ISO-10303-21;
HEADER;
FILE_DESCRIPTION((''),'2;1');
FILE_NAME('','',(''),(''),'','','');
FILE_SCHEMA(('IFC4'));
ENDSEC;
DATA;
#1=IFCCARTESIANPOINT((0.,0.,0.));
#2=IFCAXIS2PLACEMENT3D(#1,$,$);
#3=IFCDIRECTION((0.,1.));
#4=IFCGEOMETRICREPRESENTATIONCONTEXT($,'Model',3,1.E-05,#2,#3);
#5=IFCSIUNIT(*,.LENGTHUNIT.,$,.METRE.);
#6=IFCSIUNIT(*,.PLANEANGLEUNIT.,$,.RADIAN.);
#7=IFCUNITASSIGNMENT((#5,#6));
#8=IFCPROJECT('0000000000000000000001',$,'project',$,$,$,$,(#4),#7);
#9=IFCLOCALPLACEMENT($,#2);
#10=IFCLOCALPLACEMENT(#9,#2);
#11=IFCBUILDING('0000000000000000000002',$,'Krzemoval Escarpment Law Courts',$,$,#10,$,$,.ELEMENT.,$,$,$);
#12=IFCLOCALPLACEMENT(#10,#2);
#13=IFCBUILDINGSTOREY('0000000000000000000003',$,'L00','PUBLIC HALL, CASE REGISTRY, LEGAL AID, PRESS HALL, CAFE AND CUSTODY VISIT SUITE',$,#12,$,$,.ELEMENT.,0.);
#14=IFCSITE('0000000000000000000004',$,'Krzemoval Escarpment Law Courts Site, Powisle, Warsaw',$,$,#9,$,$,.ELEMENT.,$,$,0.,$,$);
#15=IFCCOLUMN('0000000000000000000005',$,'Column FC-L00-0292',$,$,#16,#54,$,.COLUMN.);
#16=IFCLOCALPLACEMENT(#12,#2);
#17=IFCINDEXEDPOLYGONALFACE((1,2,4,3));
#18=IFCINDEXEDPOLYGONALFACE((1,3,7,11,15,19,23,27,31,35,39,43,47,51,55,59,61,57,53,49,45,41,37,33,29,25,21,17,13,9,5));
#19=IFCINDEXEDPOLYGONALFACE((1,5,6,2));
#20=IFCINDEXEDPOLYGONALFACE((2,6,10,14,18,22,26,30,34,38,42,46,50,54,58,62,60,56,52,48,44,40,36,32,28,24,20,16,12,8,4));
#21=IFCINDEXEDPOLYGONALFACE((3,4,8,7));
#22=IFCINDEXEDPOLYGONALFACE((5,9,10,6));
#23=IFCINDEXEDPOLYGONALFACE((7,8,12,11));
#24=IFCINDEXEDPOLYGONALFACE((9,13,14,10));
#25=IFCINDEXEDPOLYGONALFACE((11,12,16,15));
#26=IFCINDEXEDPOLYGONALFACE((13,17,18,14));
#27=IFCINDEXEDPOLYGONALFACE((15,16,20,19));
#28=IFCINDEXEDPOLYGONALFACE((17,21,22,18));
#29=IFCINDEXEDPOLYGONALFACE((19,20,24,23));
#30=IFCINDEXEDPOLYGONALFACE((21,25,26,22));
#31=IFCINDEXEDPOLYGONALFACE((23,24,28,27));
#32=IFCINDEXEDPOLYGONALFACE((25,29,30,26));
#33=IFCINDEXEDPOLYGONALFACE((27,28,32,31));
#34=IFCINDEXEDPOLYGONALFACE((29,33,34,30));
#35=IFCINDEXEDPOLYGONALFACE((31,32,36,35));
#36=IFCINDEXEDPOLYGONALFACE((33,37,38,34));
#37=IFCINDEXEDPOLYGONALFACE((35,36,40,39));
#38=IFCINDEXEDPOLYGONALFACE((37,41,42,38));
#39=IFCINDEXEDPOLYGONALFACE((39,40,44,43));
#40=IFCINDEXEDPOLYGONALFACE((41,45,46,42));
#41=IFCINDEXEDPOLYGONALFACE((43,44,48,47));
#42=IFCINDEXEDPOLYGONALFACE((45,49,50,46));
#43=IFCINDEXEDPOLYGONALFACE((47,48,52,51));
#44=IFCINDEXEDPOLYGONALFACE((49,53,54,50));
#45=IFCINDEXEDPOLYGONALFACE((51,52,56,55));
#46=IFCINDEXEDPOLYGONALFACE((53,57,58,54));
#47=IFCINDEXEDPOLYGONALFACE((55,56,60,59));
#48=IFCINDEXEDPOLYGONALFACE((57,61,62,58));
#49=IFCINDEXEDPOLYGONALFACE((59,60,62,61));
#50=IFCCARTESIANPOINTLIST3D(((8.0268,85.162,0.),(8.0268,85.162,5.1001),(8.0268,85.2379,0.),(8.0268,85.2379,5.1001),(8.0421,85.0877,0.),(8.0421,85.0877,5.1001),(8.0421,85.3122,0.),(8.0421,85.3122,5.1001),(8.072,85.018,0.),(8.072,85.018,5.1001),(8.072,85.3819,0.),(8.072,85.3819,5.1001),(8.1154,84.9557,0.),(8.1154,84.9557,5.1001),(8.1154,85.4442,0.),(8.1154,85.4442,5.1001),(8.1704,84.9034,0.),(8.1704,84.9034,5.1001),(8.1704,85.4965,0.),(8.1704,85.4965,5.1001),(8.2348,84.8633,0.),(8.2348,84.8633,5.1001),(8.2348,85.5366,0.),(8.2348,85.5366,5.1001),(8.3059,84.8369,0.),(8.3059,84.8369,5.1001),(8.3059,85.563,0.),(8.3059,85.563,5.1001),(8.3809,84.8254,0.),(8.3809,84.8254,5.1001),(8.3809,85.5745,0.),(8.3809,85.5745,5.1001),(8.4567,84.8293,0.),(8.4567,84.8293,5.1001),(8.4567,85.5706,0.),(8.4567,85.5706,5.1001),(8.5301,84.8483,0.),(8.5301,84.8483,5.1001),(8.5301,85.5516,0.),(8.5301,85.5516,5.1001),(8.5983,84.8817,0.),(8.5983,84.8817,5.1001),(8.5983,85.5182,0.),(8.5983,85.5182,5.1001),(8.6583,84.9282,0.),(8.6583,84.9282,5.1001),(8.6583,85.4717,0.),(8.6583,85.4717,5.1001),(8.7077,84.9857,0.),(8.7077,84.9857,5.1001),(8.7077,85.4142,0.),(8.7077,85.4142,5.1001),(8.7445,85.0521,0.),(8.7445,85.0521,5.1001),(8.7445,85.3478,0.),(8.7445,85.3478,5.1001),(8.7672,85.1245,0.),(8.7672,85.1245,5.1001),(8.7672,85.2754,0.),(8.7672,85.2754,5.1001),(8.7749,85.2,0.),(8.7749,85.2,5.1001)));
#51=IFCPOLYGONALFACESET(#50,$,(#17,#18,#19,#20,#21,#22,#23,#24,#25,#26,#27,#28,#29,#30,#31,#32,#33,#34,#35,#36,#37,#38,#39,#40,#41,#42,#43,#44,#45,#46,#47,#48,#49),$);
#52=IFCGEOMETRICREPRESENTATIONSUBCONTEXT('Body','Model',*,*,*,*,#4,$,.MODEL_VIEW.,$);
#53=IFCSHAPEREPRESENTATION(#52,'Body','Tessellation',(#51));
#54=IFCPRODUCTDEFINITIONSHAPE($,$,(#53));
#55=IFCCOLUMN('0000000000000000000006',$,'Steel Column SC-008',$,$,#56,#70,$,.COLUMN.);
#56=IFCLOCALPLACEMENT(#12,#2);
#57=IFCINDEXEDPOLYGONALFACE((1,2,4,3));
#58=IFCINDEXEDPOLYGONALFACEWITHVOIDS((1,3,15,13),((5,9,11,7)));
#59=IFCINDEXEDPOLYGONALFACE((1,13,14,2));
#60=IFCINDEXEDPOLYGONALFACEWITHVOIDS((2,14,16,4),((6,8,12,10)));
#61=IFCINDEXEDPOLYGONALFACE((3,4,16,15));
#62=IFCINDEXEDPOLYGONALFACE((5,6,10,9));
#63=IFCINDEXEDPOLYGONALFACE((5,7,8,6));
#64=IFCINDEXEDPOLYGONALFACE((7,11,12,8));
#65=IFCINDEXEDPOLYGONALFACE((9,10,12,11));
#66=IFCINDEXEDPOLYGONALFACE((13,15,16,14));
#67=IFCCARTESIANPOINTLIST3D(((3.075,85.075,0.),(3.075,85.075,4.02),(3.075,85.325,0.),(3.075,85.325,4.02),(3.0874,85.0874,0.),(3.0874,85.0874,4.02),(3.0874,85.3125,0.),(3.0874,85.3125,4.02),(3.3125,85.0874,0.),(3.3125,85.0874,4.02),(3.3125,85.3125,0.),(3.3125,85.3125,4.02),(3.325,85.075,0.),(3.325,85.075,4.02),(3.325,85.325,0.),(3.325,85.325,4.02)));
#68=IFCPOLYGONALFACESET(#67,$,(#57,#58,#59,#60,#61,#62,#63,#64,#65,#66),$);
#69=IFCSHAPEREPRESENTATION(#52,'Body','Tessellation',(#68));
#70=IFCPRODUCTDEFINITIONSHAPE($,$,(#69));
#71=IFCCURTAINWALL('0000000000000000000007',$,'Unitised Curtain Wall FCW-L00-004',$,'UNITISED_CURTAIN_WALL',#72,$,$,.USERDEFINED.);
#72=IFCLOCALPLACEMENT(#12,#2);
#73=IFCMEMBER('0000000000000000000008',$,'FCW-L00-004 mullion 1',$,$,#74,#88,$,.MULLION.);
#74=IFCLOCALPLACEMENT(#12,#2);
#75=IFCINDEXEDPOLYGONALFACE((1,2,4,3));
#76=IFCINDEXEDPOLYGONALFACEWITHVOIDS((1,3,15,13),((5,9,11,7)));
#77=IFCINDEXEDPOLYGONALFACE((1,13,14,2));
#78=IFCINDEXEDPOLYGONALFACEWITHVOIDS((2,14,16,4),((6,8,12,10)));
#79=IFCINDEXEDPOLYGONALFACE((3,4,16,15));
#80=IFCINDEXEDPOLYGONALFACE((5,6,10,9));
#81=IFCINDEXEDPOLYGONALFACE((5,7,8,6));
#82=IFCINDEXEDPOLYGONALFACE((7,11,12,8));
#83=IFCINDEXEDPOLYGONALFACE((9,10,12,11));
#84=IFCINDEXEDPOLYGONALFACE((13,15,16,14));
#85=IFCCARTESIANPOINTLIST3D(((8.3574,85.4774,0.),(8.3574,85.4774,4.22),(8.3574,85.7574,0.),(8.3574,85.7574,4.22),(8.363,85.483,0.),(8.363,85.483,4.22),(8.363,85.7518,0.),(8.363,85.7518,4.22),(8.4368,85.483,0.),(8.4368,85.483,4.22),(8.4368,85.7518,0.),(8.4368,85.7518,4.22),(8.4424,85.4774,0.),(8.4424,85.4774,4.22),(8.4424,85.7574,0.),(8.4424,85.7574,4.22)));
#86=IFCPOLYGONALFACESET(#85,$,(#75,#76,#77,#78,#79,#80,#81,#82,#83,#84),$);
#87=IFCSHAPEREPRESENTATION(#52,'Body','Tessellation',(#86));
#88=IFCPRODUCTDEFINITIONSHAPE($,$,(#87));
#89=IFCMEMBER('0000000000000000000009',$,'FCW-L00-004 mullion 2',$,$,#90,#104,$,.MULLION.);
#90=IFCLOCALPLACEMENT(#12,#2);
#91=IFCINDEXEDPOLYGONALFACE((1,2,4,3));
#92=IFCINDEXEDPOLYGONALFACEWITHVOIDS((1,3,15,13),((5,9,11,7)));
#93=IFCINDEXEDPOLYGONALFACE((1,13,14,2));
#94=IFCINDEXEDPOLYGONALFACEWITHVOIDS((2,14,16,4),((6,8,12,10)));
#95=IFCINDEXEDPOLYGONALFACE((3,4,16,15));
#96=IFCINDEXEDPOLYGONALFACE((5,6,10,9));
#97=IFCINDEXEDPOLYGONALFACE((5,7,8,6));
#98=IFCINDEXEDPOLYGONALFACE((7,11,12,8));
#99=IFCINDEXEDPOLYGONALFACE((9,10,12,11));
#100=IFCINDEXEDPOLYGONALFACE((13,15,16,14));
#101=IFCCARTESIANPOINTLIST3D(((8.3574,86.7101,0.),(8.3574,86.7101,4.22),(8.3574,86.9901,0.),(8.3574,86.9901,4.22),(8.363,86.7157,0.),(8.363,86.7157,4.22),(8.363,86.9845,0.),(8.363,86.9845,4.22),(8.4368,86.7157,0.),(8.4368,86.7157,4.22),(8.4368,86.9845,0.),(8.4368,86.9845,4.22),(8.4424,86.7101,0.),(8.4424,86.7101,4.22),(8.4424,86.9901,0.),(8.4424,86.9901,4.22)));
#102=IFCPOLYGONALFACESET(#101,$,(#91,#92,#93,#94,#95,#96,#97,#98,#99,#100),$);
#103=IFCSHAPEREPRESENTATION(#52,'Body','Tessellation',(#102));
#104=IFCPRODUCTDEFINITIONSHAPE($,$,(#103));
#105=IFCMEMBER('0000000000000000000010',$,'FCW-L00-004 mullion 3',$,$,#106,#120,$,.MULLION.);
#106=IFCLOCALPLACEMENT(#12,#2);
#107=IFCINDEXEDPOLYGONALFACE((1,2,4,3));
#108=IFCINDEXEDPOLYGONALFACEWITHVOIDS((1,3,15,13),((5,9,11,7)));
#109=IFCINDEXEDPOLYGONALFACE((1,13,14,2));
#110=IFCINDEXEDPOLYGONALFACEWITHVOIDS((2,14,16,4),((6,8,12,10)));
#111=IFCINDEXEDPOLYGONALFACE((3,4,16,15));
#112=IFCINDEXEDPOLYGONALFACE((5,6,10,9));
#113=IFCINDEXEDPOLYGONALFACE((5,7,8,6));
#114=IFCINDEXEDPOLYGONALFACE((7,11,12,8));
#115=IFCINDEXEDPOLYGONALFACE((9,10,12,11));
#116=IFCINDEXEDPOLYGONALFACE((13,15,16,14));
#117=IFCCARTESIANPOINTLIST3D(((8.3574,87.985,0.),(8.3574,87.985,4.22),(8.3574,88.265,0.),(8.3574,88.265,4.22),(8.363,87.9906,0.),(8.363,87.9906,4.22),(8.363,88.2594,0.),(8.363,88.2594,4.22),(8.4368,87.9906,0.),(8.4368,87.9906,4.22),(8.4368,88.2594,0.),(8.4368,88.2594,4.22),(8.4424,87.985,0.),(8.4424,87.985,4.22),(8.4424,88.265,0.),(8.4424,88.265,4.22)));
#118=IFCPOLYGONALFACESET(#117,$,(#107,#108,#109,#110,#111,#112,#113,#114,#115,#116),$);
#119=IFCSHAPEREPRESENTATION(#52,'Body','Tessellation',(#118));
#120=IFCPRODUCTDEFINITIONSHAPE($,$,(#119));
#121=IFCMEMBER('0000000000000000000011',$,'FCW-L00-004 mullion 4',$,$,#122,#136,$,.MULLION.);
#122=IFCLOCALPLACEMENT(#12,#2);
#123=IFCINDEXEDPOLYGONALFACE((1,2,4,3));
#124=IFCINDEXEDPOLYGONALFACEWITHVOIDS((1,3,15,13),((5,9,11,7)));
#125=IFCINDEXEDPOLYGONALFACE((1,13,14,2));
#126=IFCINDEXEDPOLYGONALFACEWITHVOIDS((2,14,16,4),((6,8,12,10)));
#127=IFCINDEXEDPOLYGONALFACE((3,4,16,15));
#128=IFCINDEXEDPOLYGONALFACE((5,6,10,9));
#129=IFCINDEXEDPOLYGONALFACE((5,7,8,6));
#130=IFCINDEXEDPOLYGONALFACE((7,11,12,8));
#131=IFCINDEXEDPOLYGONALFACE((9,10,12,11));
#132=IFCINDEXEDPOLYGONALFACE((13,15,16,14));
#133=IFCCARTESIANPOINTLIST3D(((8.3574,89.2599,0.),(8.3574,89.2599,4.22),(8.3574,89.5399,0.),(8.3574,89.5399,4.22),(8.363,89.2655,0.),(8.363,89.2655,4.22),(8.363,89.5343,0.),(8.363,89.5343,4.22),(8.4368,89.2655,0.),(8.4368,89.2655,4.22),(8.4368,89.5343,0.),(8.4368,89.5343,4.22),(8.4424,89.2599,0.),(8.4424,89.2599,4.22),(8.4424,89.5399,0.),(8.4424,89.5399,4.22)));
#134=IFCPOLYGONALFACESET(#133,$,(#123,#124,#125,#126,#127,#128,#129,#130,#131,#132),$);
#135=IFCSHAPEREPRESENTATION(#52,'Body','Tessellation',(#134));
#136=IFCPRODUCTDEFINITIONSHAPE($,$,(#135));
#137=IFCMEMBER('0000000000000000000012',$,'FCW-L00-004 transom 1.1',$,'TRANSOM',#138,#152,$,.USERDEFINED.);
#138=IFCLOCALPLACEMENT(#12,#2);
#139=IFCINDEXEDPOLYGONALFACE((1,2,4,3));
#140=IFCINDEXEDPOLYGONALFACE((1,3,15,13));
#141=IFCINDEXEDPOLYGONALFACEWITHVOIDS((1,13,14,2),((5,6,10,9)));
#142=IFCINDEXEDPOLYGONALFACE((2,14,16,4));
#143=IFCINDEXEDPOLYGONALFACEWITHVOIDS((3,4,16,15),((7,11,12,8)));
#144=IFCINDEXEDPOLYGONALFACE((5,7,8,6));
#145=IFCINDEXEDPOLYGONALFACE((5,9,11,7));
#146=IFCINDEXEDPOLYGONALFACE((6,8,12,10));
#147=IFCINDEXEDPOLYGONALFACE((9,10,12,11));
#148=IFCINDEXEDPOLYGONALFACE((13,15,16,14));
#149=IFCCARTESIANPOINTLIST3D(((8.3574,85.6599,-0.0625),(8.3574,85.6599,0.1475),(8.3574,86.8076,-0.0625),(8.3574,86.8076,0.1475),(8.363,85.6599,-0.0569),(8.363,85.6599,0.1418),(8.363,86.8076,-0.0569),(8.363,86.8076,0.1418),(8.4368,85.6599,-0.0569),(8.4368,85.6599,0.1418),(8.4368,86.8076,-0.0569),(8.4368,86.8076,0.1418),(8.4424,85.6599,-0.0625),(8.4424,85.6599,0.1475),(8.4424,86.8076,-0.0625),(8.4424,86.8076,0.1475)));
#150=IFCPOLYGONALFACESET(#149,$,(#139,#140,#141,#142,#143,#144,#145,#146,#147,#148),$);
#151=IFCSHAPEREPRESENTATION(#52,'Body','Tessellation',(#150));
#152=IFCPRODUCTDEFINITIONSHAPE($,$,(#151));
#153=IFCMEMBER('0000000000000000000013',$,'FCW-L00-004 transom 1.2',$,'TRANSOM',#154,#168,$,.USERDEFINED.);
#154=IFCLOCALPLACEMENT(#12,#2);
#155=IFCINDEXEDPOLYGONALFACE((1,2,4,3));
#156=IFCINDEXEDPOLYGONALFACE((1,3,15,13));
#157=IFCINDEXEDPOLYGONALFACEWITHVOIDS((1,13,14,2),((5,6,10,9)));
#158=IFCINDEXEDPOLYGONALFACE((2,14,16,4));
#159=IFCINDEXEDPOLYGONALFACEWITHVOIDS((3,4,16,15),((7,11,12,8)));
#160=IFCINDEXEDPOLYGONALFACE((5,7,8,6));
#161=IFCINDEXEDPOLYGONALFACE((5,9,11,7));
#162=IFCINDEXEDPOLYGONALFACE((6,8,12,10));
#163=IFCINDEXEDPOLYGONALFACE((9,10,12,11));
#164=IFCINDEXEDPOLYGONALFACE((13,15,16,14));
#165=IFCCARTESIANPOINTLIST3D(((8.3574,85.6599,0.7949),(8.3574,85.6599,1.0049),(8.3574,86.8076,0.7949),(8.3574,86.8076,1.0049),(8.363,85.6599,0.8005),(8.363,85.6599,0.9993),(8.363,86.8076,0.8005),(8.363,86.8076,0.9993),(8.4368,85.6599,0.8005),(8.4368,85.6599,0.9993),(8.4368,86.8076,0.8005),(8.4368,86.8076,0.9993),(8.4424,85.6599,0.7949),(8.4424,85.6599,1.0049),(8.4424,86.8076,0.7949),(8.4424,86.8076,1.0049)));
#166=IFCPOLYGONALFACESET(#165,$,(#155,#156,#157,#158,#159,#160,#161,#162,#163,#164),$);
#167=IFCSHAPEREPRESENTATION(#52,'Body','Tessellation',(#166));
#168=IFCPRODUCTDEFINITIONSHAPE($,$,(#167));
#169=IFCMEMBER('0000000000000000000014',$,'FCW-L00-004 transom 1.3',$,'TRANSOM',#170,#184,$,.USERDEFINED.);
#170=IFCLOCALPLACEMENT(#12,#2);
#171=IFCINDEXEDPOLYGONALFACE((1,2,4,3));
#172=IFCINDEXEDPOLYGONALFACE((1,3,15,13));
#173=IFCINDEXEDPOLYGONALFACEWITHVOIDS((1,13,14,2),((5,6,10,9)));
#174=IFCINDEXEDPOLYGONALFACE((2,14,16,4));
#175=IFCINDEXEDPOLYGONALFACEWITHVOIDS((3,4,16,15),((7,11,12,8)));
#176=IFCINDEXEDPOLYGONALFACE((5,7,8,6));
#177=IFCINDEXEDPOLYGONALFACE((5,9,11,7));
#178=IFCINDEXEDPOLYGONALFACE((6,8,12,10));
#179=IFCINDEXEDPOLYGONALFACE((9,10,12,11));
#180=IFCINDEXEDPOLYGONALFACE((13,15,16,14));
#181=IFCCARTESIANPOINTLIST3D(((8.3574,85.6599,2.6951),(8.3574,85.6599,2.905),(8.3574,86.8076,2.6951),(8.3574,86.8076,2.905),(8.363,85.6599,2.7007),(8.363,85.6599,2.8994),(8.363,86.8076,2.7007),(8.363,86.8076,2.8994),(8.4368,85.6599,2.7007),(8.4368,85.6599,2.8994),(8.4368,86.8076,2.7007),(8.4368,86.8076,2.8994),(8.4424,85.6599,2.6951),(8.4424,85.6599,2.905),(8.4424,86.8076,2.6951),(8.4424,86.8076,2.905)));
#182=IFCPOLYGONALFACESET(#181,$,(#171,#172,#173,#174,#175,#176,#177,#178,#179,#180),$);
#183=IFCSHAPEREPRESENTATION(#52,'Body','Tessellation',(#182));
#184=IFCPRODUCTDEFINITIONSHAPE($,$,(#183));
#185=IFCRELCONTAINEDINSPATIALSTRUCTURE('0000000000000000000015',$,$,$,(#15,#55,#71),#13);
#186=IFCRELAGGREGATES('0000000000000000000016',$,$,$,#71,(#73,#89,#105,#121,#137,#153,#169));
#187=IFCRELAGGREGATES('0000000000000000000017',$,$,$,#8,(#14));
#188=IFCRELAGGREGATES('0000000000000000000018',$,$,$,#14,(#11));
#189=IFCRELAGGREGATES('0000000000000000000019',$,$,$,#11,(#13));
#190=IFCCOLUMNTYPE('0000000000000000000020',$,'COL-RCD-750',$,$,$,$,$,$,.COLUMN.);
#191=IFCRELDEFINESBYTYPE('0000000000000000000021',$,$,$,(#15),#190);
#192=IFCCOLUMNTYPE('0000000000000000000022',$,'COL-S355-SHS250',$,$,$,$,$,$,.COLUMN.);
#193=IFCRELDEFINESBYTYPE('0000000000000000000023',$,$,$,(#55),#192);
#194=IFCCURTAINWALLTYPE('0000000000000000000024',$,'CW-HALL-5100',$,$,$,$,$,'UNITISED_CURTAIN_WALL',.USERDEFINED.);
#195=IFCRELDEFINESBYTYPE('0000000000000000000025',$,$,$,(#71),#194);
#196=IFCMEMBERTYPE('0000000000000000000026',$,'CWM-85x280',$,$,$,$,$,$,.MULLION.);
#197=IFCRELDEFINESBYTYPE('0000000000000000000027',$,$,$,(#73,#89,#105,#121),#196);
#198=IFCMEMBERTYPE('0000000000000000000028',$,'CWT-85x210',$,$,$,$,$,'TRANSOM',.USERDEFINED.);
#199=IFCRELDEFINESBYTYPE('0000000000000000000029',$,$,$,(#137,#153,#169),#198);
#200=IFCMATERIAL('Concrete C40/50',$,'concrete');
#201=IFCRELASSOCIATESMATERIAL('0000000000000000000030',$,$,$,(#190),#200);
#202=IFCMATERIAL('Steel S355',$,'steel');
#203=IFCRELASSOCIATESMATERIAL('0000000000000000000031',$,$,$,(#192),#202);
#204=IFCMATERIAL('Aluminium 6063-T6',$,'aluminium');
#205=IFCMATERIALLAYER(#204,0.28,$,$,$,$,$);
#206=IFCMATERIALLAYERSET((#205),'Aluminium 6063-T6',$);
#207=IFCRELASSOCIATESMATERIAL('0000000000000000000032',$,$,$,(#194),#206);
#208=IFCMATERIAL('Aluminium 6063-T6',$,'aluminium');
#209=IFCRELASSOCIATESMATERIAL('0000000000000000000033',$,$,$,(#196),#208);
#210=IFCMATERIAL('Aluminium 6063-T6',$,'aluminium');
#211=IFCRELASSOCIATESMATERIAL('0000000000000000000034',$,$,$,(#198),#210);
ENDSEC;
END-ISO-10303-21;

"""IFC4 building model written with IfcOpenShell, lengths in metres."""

from ifc_helpers import new_model, si_unit, direction, frame, origin, origin_2d, place, context, subcontext, project, spatial, hollow_rectangle, circle, extrude, material, layer, layer_set, material_profile, profile_set, type_object, element, aggregate, save


model = new_model("IFC4")

# Units and contexts
model_context = context("Model", 3, precision=1e-05, world=origin(), true_north=direction((0.0, 1.0)))
body_context = subcontext(model_context, "Body", "Model", "MODEL_VIEW")
ifc_project = project(units=[si_unit("LENGTHUNIT", "METRE"), si_unit("PLANEANGLEUNIT", "RADIAN")], contexts=[model_context])

# Site, building, storey
site_placement = place(None, origin())
site = spatial("IfcSite", under=ifc_project, at=site_placement, Name="Krzemoval Escarpment Law Courts Site, Powisle, Warsaw", CompositionType="ELEMENT", RefElevation=0.0)
building_placement = place(site_placement, origin())
building = spatial("IfcBuilding", under=site, at=building_placement, Name="Krzemoval Escarpment Law Courts", CompositionType="ELEMENT")
storey_placement = place(building_placement, origin())
storey = spatial("IfcBuildingStorey", under=building, at=storey_placement, Name="L00", Description="PUBLIC HALL, CASE REGISTRY, LEGAL AID, PRESS HALL, CAFE AND CUSTODY VISIT SUITE", CompositionType="ELEMENT", Elevation=0.0)

# Columns
ifc_material_1 = material(Name="Concrete C40/50", Category="concrete")
ifc_material_profile_1 = material_profile(ifc_material_1, circle(Radius=0.375, at=origin_2d()), Name="RC D750")
ifc_profile_set_1 = profile_set([ifc_material_profile_1], Name="Concrete C40/50")
column_type_1 = type_object("IfcColumnType", Name="COL-RCD-750", PredefinedType="COLUMN", material=ifc_profile_set_1)
column_1_placement = place(storey_placement, frame((8.3999, 85.2, 0.0), z_axis=(0.0, 0.0, 1.0), x_axis=(1.0, 0.0, 0.0)))
element("IfcColumn", 1, at=column_1_placement, inside=storey, type_object=column_type_1, Name="Column FC-L00-0292", PredefinedType="COLUMN", context=body_context, shape_type="SweptSolid", body=[
    extrude(circle(Radius=0.375, at=origin_2d()), origin(), (0.0, 0.0, 1.0), 5.1001),
])
ifc_material_2 = material(Name="Steel S355", Category="steel")
ifc_material_profile_2 = material_profile(ifc_material_2, hollow_rectangle(XDim=0.25, YDim=0.25, WallThickness=0.0125, at=origin_2d()), Name="SHS 250x250x12.5")
ifc_profile_set_2 = profile_set([ifc_material_profile_2], Name="Steel S355")
column_type_2 = type_object("IfcColumnType", Name="COL-S355-SHS250", PredefinedType="COLUMN", material=ifc_profile_set_2)
column_2_placement = place(storey_placement, frame((3.2, 85.2, 0.0), z_axis=(0.0, 0.0, 1.0), x_axis=(1.0, 0.0, 0.0)))
element("IfcColumn", 2, at=column_2_placement, inside=storey, type_object=column_type_2, Name="Steel Column SC-008", PredefinedType="COLUMN", context=body_context, shape_type="SweptSolid", body=[
    extrude(hollow_rectangle(XDim=0.25, YDim=0.25, WallThickness=0.0125, at=origin_2d()), origin(), (0.0, 0.0, 1.0), 4.02),
])

# Curtain wall, members
ifc_material_3 = material(Name="Aluminium 6063-T6", Category="aluminium")
ifc_layer_1 = layer(ifc_material_3, 0.28)
ifc_layer_set_1 = layer_set([ifc_layer_1], Name="Aluminium 6063-T6")
curtain_wall_type = type_object("IfcCurtainWallType", Name="CW-HALL-5100", ElementType="UNITISED_CURTAIN_WALL", PredefinedType="USERDEFINED", material=ifc_layer_set_1)
curtain_wall_placement = place(storey_placement, origin())
curtain_wall = element("IfcCurtainWall", 3, at=curtain_wall_placement, inside=storey, type_object=curtain_wall_type, Name="Unitised Curtain Wall FCW-L00-004", ObjectType="UNITISED_CURTAIN_WALL", PredefinedType="USERDEFINED")
ifc_material_4 = material(Name="Aluminium 6063-T6", Category="aluminium")
ifc_material_profile_3 = material_profile(ifc_material_4, hollow_rectangle(XDim=0.085, YDim=0.28, WallThickness=0.0056, at=origin_2d()), Name="ALU M85x280")
ifc_profile_set_3 = profile_set([ifc_material_profile_3], Name="Aluminium 6063-T6")
member_type_1 = type_object("IfcMemberType", Name="CWM-85x280", PredefinedType="MULLION", material=ifc_profile_set_3)
member_1_placement = place(storey_placement, frame((8.3999, 85.6174, 0.0), z_axis=(0.0, 0.0, 1.0), x_axis=(-1.0, 0.0, 0.0)))
member_1 = element("IfcMember", 4, at=member_1_placement, type_object=member_type_1, Name="FCW-L00-004 mullion 1", PredefinedType="MULLION", context=body_context, shape_type="SweptSolid", body=[
    extrude(hollow_rectangle(XDim=0.085, YDim=0.28, WallThickness=0.0056, at=origin_2d()), origin(), (0.0, 0.0, 1.0), 4.22),
])
member_2_placement = place(storey_placement, frame((8.3999, 86.8501, 0.0), z_axis=(0.0, 0.0, 1.0), x_axis=(-1.0, 0.0, 0.0)))
member_2 = element("IfcMember", 5, at=member_2_placement, type_object=member_type_1, Name="FCW-L00-004 mullion 2", PredefinedType="MULLION", context=body_context, shape_type="SweptSolid", body=[
    extrude(hollow_rectangle(XDim=0.085, YDim=0.28, WallThickness=0.0056, at=origin_2d()), origin(), (0.0, 0.0, 1.0), 4.22),
])
member_3_placement = place(storey_placement, frame((8.3999, 88.125, 0.0), z_axis=(0.0, 0.0, 1.0), x_axis=(-1.0, 0.0, 0.0)))
member_3 = element("IfcMember", 6, at=member_3_placement, type_object=member_type_1, Name="FCW-L00-004 mullion 3", PredefinedType="MULLION", context=body_context, shape_type="SweptSolid", body=[
    extrude(hollow_rectangle(XDim=0.085, YDim=0.28, WallThickness=0.0056, at=origin_2d()), origin(), (0.0, 0.0, 1.0), 4.22),
])
member_4_placement = place(storey_placement, frame((8.3999, 89.3999, 0.0), z_axis=(0.0, 0.0, 1.0), x_axis=(-1.0, 0.0, 0.0)))
member_4 = element("IfcMember", 7, at=member_4_placement, type_object=member_type_1, Name="FCW-L00-004 mullion 4", PredefinedType="MULLION", context=body_context, shape_type="SweptSolid", body=[
    extrude(hollow_rectangle(XDim=0.085, YDim=0.28, WallThickness=0.0056, at=origin_2d()), origin(), (0.0, 0.0, 1.0), 4.22),
])
ifc_material_5 = material(Name="Aluminium 6063-T6", Category="aluminium")
ifc_material_profile_4 = material_profile(ifc_material_5, hollow_rectangle(XDim=0.085, YDim=0.21, WallThickness=0.0056, at=origin_2d()), Name="ALU T85x210")
ifc_profile_set_4 = profile_set([ifc_material_profile_4], Name="Aluminium 6063-T6")
member_type_2 = type_object("IfcMemberType", Name="CWT-85x210", ElementType="TRANSOM", PredefinedType="USERDEFINED", material=ifc_profile_set_4)
member_5_placement = place(storey_placement, frame((8.3999, 85.6599, 0.0425), z_axis=(0.0, 1.0, 0.0), x_axis=(-1.0, 0.0, 0.0)))
member_5 = element("IfcMember", 8, at=member_5_placement, type_object=member_type_2, Name="FCW-L00-004 transom 1.1", ObjectType="TRANSOM", PredefinedType="USERDEFINED", context=body_context, shape_type="SweptSolid", body=[
    extrude(hollow_rectangle(XDim=0.085, YDim=0.21, WallThickness=0.0056, at=origin_2d()), origin(), (0.0, 0.0, 1.0), 1.1477),
])
member_6_placement = place(storey_placement, frame((8.3999, 85.6599, 0.8999), z_axis=(0.0, 1.0, 0.0), x_axis=(-1.0, 0.0, 0.0)))
member_6 = element("IfcMember", 9, at=member_6_placement, type_object=member_type_2, Name="FCW-L00-004 transom 1.2", ObjectType="TRANSOM", PredefinedType="USERDEFINED", context=body_context, shape_type="SweptSolid", body=[
    extrude(hollow_rectangle(XDim=0.085, YDim=0.21, WallThickness=0.0056, at=origin_2d()), origin(), (0.0, 0.0, 1.0), 1.1477),
])
member_7_placement = place(storey_placement, frame((8.3999, 85.6599, 2.8), z_axis=(0.0, 1.0, 0.0), x_axis=(-1.0, 0.0, 0.0)))
member_7 = element("IfcMember", 10, at=member_7_placement, type_object=member_type_2, Name="FCW-L00-004 transom 1.3", ObjectType="TRANSOM", PredefinedType="USERDEFINED", context=body_context, shape_type="SweptSolid", body=[
    extrude(hollow_rectangle(XDim=0.085, YDim=0.21, WallThickness=0.0056, at=origin_2d()), origin(), (0.0, 0.0, 1.0), 1.1477),
])

aggregate(curtain_wall, [member_1, member_2, member_3, member_4, member_5, member_6, member_7])

save(model, "model.ifc")
